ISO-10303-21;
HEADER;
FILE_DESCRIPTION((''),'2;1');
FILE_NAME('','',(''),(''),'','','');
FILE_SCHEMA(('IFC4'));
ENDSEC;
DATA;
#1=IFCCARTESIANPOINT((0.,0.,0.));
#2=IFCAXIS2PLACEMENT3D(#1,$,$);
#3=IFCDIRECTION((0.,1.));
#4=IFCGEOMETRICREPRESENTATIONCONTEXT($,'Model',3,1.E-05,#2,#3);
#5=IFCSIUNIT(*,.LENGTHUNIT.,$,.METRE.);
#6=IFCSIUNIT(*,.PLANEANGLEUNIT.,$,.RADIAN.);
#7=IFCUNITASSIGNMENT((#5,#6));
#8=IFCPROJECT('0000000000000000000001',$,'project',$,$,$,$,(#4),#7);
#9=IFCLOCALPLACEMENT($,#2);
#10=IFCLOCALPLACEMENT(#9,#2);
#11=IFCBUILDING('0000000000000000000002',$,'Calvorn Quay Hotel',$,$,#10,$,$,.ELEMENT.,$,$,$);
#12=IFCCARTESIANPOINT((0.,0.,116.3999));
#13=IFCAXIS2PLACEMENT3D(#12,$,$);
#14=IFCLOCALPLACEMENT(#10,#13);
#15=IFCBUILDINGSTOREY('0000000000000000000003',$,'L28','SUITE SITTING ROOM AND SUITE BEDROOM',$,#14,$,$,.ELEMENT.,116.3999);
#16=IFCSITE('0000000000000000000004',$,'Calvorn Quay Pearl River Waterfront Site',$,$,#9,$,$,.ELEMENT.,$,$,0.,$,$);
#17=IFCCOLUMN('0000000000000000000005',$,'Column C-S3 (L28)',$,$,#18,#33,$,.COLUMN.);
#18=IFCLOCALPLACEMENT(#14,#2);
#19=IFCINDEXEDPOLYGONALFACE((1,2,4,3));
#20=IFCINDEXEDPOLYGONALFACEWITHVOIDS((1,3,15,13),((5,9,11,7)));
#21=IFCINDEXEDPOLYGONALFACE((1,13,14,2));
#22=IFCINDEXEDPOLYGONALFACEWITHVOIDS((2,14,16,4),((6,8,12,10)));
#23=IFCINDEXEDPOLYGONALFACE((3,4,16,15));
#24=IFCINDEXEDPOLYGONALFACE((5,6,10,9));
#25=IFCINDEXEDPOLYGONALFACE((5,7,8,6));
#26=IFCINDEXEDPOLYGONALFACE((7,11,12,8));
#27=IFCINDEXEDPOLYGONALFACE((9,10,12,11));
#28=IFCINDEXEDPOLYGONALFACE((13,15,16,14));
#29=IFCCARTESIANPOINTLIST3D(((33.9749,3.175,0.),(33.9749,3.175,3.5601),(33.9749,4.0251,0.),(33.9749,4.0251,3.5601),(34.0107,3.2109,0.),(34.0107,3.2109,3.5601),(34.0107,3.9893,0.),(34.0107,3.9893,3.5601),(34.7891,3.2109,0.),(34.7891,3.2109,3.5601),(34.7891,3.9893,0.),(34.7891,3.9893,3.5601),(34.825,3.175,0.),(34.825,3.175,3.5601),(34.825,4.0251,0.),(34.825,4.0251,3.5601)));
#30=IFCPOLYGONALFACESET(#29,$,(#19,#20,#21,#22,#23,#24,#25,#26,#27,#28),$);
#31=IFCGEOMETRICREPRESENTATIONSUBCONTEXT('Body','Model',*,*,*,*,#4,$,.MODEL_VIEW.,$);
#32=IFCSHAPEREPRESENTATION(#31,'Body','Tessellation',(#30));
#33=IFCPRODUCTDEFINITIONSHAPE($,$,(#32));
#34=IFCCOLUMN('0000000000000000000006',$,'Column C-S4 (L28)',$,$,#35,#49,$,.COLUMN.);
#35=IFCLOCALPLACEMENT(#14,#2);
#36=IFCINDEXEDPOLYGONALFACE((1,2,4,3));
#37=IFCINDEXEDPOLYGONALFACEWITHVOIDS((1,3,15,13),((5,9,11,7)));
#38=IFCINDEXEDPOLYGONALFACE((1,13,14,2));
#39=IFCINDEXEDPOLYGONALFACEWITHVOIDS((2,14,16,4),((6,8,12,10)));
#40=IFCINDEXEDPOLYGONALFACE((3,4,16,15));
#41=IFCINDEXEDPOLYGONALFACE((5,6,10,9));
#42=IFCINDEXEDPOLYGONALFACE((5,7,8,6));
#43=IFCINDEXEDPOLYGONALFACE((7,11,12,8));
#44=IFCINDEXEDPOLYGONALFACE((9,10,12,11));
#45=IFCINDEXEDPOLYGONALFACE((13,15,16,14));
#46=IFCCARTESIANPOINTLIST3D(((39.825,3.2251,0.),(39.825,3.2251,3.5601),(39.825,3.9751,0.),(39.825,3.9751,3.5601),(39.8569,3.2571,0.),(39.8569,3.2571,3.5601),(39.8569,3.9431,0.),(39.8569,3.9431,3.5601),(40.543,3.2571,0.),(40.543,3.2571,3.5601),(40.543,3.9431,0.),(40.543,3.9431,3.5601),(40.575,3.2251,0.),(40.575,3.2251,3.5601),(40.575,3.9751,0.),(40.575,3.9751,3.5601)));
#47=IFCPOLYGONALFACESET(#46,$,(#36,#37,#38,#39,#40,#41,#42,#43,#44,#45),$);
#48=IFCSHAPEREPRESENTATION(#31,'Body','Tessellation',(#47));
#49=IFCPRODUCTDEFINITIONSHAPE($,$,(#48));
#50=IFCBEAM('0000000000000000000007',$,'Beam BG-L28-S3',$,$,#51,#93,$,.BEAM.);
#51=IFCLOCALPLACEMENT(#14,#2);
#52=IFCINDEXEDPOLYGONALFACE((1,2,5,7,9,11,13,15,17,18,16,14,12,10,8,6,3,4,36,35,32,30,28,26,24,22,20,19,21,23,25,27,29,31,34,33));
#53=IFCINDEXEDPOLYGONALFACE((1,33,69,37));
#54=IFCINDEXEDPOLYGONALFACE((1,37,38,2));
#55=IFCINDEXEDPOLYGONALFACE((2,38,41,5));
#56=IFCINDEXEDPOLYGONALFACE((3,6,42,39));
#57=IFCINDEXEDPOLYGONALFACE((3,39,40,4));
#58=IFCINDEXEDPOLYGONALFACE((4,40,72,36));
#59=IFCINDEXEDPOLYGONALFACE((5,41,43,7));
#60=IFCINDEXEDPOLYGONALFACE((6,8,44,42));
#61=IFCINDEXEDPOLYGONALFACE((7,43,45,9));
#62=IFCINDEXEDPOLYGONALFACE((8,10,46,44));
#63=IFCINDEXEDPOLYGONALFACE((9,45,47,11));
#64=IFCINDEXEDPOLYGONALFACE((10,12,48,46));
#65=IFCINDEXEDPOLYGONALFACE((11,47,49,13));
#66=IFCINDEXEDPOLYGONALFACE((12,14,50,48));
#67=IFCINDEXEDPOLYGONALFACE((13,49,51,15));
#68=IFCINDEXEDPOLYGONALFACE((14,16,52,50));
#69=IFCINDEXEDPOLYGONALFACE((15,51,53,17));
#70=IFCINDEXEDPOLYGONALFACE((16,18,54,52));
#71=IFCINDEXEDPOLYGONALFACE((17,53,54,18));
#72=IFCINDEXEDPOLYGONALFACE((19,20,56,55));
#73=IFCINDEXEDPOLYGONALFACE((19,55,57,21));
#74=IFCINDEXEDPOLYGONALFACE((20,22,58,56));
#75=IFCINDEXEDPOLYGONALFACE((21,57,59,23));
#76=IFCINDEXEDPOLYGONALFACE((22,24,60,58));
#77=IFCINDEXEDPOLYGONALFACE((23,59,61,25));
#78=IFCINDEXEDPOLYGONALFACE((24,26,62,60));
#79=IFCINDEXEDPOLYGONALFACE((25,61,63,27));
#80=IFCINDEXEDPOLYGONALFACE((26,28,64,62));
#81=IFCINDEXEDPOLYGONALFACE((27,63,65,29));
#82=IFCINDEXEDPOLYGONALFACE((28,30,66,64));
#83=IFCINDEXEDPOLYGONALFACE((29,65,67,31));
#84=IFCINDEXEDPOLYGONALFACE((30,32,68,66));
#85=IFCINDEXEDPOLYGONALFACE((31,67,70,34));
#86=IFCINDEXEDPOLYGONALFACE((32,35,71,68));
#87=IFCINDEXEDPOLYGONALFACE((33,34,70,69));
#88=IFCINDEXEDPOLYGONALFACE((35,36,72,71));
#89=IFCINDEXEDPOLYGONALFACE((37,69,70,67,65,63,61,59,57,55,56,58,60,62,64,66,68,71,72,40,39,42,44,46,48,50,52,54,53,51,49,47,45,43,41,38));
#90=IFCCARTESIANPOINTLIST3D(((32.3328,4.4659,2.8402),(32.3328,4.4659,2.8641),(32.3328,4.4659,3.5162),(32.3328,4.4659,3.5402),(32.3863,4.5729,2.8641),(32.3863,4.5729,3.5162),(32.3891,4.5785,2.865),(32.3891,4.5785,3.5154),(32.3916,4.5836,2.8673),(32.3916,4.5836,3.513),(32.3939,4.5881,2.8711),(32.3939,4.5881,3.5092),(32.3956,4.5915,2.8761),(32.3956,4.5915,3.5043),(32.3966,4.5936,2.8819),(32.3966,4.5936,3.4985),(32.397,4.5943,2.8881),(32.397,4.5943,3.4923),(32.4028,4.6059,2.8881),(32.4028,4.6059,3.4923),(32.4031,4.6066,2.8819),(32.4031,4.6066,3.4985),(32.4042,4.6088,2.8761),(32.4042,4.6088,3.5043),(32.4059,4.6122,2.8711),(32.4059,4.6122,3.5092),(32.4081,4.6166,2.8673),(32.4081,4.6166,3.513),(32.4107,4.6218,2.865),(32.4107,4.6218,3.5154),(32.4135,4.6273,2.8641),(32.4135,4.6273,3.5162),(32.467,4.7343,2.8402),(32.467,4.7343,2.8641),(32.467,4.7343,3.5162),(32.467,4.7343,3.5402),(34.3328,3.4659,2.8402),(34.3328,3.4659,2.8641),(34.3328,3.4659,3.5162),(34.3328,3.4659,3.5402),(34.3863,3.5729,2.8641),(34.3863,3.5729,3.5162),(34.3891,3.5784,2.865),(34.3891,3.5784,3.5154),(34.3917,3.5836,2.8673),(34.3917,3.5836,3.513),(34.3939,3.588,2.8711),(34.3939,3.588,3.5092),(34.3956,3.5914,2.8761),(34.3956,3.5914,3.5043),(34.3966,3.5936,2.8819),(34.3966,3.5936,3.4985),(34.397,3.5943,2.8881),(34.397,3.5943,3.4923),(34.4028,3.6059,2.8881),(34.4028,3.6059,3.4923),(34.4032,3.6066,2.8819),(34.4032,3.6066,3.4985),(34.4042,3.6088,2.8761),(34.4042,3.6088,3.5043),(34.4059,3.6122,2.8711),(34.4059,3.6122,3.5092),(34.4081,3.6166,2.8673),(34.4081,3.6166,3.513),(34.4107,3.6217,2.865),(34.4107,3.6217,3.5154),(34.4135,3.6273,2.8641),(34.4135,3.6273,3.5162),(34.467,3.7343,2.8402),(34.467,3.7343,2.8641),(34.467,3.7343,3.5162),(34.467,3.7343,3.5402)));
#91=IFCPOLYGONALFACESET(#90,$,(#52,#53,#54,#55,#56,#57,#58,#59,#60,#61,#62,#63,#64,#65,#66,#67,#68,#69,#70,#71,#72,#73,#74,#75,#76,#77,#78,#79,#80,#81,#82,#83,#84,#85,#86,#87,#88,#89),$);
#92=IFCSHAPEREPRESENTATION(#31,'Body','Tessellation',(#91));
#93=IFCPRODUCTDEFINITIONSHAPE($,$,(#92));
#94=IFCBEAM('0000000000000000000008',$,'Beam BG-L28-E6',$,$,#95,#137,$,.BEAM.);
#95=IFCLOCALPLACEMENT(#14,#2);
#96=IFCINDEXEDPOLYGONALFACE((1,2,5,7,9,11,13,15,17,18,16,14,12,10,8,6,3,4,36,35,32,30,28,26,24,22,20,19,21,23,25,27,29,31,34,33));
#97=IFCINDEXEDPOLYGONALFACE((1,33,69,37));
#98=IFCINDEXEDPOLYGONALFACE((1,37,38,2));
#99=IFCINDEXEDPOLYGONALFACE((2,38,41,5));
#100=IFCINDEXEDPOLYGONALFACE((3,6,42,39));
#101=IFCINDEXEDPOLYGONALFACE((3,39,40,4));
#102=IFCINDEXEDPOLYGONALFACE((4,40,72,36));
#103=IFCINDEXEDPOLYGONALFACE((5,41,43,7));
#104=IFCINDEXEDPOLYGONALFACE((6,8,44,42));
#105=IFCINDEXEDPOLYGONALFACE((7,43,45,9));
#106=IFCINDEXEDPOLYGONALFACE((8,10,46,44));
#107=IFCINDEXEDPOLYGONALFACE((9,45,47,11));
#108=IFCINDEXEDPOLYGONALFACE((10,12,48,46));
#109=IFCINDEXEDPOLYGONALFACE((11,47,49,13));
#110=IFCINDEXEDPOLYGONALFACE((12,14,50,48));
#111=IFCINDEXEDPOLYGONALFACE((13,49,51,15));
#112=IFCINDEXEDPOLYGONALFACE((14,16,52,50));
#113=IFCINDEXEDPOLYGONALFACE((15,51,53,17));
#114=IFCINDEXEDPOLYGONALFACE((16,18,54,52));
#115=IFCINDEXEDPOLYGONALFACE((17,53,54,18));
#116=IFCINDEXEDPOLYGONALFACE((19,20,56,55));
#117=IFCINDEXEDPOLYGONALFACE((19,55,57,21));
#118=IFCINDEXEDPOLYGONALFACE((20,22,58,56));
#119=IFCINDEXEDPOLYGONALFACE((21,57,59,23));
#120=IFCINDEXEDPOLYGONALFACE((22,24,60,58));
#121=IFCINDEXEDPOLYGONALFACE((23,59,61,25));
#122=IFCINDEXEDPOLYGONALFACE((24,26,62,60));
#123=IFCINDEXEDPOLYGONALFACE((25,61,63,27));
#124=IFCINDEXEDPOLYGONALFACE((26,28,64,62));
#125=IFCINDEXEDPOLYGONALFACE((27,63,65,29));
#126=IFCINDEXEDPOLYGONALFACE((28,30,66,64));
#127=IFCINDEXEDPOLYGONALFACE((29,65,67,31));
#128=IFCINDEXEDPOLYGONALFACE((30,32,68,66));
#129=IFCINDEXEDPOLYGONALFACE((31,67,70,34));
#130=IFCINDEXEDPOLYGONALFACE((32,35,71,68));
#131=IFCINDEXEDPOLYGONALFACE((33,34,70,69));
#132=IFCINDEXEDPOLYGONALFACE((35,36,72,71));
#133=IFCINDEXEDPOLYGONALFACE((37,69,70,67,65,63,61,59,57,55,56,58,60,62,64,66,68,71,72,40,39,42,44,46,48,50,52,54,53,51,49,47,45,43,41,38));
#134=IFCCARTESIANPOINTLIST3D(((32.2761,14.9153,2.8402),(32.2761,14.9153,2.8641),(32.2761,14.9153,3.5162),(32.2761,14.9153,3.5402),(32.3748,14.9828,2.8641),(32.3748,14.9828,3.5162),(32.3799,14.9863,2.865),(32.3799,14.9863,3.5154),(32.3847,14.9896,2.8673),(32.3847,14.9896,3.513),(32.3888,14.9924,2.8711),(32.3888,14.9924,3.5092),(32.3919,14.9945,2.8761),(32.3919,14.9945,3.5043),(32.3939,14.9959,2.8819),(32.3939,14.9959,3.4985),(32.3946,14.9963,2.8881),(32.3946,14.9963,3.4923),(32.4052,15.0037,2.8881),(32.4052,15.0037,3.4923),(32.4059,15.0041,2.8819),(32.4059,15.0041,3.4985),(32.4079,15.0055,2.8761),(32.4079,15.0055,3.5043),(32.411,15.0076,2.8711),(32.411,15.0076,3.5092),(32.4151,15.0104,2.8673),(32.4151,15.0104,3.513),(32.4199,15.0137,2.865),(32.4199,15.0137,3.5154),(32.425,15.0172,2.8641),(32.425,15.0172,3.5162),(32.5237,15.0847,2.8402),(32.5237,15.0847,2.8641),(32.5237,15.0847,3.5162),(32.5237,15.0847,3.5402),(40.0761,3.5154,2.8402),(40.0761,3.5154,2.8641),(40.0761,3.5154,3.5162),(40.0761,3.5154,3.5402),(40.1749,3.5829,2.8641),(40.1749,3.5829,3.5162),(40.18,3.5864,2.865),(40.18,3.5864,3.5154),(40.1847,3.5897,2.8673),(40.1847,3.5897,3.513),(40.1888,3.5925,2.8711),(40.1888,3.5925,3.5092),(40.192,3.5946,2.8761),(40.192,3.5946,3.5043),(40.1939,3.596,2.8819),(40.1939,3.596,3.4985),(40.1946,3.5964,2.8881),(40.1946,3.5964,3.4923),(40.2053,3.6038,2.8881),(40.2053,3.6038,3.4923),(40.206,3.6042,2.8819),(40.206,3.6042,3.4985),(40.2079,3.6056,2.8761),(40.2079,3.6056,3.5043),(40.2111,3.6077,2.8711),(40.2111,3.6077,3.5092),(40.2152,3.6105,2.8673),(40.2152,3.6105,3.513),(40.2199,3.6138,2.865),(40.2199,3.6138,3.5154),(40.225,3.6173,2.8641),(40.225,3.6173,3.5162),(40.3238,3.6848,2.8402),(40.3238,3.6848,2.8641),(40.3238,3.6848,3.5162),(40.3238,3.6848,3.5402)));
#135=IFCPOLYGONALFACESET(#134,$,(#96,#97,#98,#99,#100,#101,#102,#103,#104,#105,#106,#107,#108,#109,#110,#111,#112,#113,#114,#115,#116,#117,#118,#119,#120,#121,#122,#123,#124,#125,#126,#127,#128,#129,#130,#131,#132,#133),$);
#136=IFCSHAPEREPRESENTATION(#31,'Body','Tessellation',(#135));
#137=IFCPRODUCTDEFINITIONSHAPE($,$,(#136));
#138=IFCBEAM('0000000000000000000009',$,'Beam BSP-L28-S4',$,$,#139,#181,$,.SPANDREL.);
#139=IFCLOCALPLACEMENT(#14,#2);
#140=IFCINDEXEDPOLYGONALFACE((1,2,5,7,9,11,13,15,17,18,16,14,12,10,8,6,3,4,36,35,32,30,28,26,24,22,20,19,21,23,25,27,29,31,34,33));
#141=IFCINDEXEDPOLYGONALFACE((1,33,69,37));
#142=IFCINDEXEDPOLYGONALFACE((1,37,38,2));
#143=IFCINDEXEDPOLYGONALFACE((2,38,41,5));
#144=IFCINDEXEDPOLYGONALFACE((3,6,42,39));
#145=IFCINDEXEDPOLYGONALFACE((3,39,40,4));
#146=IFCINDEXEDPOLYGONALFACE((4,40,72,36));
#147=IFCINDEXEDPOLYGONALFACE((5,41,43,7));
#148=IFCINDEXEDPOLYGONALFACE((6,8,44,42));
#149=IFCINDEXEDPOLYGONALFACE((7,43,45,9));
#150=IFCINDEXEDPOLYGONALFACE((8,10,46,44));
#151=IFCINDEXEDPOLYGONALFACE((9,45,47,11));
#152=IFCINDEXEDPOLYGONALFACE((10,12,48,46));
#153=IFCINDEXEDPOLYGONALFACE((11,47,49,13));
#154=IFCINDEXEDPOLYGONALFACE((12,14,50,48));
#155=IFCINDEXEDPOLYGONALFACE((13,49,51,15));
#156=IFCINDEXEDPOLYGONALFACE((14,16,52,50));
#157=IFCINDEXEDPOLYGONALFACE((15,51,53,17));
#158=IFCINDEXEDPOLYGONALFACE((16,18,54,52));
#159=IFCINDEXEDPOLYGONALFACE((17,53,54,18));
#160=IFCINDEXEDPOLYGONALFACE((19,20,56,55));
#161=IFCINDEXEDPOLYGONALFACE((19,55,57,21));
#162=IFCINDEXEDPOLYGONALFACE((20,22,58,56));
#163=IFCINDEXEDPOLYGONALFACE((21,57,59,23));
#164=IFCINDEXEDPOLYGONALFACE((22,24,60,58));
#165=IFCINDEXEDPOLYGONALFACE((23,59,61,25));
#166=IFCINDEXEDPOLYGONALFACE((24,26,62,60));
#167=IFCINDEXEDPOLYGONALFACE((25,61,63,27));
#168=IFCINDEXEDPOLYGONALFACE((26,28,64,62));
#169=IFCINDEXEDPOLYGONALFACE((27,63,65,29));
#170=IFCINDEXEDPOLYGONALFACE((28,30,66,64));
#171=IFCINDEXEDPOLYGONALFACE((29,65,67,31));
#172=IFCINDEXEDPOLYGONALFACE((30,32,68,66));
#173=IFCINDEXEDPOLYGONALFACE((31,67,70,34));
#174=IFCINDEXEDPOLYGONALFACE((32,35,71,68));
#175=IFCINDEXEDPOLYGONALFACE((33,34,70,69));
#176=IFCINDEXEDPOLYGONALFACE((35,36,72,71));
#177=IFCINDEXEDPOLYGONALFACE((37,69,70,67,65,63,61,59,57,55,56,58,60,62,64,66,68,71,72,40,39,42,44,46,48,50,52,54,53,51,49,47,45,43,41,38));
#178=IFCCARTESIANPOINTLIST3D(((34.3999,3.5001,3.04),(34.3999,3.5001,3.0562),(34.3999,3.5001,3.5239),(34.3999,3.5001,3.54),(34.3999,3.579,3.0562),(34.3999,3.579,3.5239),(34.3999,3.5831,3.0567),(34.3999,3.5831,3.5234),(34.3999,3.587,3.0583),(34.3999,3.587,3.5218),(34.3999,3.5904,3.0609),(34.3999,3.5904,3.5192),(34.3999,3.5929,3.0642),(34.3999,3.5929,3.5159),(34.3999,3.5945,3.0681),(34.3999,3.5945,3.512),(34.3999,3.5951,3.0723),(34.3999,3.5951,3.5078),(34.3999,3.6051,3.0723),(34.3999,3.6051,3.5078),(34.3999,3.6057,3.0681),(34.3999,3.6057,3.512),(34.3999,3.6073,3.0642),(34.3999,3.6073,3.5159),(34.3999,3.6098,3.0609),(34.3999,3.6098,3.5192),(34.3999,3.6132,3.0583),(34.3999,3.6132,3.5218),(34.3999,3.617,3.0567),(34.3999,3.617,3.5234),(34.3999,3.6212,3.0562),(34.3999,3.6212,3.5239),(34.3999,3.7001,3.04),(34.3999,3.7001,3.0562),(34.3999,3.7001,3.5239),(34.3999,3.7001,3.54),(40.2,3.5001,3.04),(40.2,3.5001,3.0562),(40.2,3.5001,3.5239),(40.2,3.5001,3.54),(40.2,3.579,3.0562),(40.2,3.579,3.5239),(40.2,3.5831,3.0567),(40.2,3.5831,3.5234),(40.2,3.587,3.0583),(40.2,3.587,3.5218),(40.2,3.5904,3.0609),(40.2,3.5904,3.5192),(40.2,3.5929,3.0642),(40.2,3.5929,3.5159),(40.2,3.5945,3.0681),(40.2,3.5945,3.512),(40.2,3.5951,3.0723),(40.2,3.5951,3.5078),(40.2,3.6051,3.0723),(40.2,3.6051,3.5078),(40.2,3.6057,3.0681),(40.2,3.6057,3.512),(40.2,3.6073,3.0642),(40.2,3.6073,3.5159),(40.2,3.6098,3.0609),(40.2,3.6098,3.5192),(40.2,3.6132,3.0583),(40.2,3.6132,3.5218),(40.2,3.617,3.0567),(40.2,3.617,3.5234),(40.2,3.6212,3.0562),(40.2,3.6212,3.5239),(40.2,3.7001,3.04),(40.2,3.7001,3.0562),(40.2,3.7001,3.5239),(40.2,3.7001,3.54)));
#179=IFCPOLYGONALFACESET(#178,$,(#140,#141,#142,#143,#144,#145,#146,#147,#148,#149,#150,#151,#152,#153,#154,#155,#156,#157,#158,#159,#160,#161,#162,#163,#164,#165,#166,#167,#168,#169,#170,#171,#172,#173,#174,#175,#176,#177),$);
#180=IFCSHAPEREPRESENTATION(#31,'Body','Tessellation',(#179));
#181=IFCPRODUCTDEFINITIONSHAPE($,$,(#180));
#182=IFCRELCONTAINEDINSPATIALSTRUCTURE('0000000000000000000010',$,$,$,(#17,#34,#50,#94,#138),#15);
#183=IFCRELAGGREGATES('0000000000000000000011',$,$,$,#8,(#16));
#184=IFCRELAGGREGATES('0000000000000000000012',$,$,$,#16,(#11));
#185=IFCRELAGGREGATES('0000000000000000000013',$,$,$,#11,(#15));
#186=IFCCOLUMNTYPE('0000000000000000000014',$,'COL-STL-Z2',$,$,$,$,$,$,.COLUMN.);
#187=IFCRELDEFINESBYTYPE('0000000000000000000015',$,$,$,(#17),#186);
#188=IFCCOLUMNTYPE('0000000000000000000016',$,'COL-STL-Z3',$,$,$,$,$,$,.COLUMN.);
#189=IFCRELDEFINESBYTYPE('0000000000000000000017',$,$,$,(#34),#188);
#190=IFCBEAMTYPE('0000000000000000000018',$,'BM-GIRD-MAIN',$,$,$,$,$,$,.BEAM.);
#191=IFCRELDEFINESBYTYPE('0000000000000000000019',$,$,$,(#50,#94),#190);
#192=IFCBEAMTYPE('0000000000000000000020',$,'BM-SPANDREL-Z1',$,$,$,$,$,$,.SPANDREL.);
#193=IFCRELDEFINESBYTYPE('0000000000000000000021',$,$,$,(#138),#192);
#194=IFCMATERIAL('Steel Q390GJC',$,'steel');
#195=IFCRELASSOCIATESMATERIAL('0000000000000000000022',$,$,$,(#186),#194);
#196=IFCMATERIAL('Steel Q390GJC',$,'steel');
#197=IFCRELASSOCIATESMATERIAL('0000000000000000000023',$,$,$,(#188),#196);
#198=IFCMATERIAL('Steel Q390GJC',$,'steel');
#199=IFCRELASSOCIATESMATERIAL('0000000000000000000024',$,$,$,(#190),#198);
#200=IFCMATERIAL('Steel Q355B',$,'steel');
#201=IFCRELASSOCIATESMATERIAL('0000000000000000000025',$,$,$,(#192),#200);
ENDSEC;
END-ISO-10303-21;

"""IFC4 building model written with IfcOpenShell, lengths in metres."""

from ifc_helpers import new_model, si_unit, direction, frame, origin, origin_2d, place, context, subcontext, project, spatial, hollow_rectangle, i_section, extrude, material, material_profile, profile_set, type_object, element, save


model = new_model("IFC4")

# Units and contexts
model_context = context("Model", 3, precision=1e-05, world=origin(), true_north=direction((0.0, 1.0)))
body_context = subcontext(model_context, "Body", "Model", "MODEL_VIEW")
ifc_project = project(units=[si_unit("LENGTHUNIT", "METRE"), si_unit("PLANEANGLEUNIT", "RADIAN")], contexts=[model_context])

# Site, building, storey
site_placement = place(None, origin())
site = spatial("IfcSite", under=ifc_project, at=site_placement, Name="Calvorn Quay Pearl River Waterfront Site", CompositionType="ELEMENT", RefElevation=0.0)
building_placement = place(site_placement, origin())
building = spatial("IfcBuilding", under=site, at=building_placement, Name="Calvorn Quay Hotel", CompositionType="ELEMENT")
storey_placement = place(building_placement, frame((0.0, 0.0, 116.3999)))
storey = spatial("IfcBuildingStorey", under=building, at=storey_placement, Name="L28", Description="SUITE SITTING ROOM AND SUITE BEDROOM", CompositionType="ELEMENT", Elevation=116.3999)

# Columns
ifc_material_1 = material(Name="Steel Q390GJC", Category="steel")
ifc_material_profile_1 = material_profile(ifc_material_1, hollow_rectangle(XDim=0.8501, YDim=0.8501, WallThickness=0.0359, at=origin_2d()), Name="BOX850x850x36")
ifc_profile_set_1 = profile_set([ifc_material_profile_1], Name="Steel Q390GJC")
column_type_1 = type_object("IfcColumnType", Name="COL-STL-Z2", PredefinedType="COLUMN", material=ifc_profile_set_1)
column_1_placement = place(storey_placement, frame((34.3999, 3.6001, 0.0), z_axis=(0.0, 0.0, 1.0), x_axis=(1.0, 0.0, 0.0)))
element("IfcColumn", 1, at=column_1_placement, inside=storey, type_object=column_type_1, Name="Column C-S3 (L28)", PredefinedType="COLUMN", context=body_context, shape_type="SweptSolid", body=[
    extrude(hollow_rectangle(XDim=0.8501, YDim=0.8501, WallThickness=0.0359, at=origin_2d()), origin(), (0.0, 0.0, 1.0), 3.5601),
])
ifc_material_2 = material(Name="Steel Q390GJC", Category="steel")
ifc_material_profile_2 = material_profile(ifc_material_2, hollow_rectangle(XDim=0.75, YDim=0.75, WallThickness=0.032, at=origin_2d()), Name="BOX750x750x32")
ifc_profile_set_2 = profile_set([ifc_material_profile_2], Name="Steel Q390GJC")
column_type_2 = type_object("IfcColumnType", Name="COL-STL-Z3", PredefinedType="COLUMN", material=ifc_profile_set_2)
column_2_placement = place(storey_placement, frame((40.2, 3.6001, 0.0), z_axis=(0.0, 0.0, 1.0), x_axis=(1.0, 0.0, 0.0)))
element("IfcColumn", 2, at=column_2_placement, inside=storey, type_object=column_type_2, Name="Column C-S4 (L28)", PredefinedType="COLUMN", context=body_context, shape_type="SweptSolid", body=[
    extrude(hollow_rectangle(XDim=0.75, YDim=0.75, WallThickness=0.032, at=origin_2d()), origin(), (0.0, 0.0, 1.0), 3.5601),
])

# Beams
ifc_material_3 = material(Name="Steel Q390GJC", Category="steel")
ifc_material_profile_3 = material_profile(ifc_material_3, i_section(OverallWidth=0.3, OverallDepth=0.7, WebThickness=0.0129, FlangeThickness=0.0239, FilletRadius=0.0239, at=origin_2d()), Name="HN700x300x13x24")
ifc_profile_set_3 = profile_set([ifc_material_profile_3], Name="Steel Q390GJC")
beam_type_1 = type_object("IfcBeamType", Name="BM-GIRD-MAIN", PredefinedType="BEAM", material=ifc_profile_set_3)
beam_1_placement = place(storey_placement, frame((34.3999, 3.6001, 3.1902), z_axis=(-0.894427, 0.447214, 0.0), x_axis=(-0.447214, -0.894427, 0.0)))
element("IfcBeam", 3, at=beam_1_placement, inside=storey, type_object=beam_type_1, Name="Beam BG-L28-S3", PredefinedType="BEAM", context=body_context, shape_type="SweptSolid", body=[
    extrude(i_section(OverallWidth=0.3, OverallDepth=0.7, WebThickness=0.0129, FlangeThickness=0.0239, FilletRadius=0.0239, at=origin_2d()), origin(), (0.0, 0.0, 1.0), 2.2361),
])
beam_2_placement = place(storey_placement, frame((40.2, 3.6001, 3.1902), z_axis=(-0.56469, 0.825303, 0.0), x_axis=(-0.825303, -0.56469, 0.0)))
element("IfcBeam", 4, at=beam_2_placement, inside=storey, type_object=beam_type_1, Name="Beam BG-L28-E6", PredefinedType="BEAM", context=body_context, shape_type="SweptSolid", body=[
    extrude(i_section(OverallWidth=0.3, OverallDepth=0.7, WebThickness=0.0129, FlangeThickness=0.0239, FilletRadius=0.0239, at=origin_2d()), origin(), (0.0, 0.0, 1.0), 13.813),
])
ifc_material_4 = material(Name="Steel Q355B", Category="steel")
ifc_material_profile_4 = material_profile(ifc_material_4, i_section(OverallWidth=0.2, OverallDepth=0.5, WebThickness=0.01, FlangeThickness=0.0161, FilletRadius=0.0161, at=origin_2d()), Name="HN500x200x10x16")
ifc_profile_set_4 = profile_set([ifc_material_profile_4], Name="Steel Q355B")
beam_type_2 = type_object("IfcBeamType", Name="BM-SPANDREL-Z1", PredefinedType="SPANDREL", material=ifc_profile_set_4)
beam_3_placement = place(storey_placement, frame((34.3999, 3.6001, 3.29), z_axis=(1.0, 0.0, 0.0), x_axis=(0.0, 1.0, 0.0)))
element("IfcBeam", 5, at=beam_3_placement, inside=storey, type_object=beam_type_2, Name="Beam BSP-L28-S4", PredefinedType="SPANDREL", context=body_context, shape_type="SweptSolid", body=[
    extrude(i_section(OverallWidth=0.2, OverallDepth=0.5, WebThickness=0.01, FlangeThickness=0.0161, FilletRadius=0.0161, at=origin_2d()), origin(), (0.0, 0.0, 1.0), 5.8),
])

save(model, "model.ifc")
